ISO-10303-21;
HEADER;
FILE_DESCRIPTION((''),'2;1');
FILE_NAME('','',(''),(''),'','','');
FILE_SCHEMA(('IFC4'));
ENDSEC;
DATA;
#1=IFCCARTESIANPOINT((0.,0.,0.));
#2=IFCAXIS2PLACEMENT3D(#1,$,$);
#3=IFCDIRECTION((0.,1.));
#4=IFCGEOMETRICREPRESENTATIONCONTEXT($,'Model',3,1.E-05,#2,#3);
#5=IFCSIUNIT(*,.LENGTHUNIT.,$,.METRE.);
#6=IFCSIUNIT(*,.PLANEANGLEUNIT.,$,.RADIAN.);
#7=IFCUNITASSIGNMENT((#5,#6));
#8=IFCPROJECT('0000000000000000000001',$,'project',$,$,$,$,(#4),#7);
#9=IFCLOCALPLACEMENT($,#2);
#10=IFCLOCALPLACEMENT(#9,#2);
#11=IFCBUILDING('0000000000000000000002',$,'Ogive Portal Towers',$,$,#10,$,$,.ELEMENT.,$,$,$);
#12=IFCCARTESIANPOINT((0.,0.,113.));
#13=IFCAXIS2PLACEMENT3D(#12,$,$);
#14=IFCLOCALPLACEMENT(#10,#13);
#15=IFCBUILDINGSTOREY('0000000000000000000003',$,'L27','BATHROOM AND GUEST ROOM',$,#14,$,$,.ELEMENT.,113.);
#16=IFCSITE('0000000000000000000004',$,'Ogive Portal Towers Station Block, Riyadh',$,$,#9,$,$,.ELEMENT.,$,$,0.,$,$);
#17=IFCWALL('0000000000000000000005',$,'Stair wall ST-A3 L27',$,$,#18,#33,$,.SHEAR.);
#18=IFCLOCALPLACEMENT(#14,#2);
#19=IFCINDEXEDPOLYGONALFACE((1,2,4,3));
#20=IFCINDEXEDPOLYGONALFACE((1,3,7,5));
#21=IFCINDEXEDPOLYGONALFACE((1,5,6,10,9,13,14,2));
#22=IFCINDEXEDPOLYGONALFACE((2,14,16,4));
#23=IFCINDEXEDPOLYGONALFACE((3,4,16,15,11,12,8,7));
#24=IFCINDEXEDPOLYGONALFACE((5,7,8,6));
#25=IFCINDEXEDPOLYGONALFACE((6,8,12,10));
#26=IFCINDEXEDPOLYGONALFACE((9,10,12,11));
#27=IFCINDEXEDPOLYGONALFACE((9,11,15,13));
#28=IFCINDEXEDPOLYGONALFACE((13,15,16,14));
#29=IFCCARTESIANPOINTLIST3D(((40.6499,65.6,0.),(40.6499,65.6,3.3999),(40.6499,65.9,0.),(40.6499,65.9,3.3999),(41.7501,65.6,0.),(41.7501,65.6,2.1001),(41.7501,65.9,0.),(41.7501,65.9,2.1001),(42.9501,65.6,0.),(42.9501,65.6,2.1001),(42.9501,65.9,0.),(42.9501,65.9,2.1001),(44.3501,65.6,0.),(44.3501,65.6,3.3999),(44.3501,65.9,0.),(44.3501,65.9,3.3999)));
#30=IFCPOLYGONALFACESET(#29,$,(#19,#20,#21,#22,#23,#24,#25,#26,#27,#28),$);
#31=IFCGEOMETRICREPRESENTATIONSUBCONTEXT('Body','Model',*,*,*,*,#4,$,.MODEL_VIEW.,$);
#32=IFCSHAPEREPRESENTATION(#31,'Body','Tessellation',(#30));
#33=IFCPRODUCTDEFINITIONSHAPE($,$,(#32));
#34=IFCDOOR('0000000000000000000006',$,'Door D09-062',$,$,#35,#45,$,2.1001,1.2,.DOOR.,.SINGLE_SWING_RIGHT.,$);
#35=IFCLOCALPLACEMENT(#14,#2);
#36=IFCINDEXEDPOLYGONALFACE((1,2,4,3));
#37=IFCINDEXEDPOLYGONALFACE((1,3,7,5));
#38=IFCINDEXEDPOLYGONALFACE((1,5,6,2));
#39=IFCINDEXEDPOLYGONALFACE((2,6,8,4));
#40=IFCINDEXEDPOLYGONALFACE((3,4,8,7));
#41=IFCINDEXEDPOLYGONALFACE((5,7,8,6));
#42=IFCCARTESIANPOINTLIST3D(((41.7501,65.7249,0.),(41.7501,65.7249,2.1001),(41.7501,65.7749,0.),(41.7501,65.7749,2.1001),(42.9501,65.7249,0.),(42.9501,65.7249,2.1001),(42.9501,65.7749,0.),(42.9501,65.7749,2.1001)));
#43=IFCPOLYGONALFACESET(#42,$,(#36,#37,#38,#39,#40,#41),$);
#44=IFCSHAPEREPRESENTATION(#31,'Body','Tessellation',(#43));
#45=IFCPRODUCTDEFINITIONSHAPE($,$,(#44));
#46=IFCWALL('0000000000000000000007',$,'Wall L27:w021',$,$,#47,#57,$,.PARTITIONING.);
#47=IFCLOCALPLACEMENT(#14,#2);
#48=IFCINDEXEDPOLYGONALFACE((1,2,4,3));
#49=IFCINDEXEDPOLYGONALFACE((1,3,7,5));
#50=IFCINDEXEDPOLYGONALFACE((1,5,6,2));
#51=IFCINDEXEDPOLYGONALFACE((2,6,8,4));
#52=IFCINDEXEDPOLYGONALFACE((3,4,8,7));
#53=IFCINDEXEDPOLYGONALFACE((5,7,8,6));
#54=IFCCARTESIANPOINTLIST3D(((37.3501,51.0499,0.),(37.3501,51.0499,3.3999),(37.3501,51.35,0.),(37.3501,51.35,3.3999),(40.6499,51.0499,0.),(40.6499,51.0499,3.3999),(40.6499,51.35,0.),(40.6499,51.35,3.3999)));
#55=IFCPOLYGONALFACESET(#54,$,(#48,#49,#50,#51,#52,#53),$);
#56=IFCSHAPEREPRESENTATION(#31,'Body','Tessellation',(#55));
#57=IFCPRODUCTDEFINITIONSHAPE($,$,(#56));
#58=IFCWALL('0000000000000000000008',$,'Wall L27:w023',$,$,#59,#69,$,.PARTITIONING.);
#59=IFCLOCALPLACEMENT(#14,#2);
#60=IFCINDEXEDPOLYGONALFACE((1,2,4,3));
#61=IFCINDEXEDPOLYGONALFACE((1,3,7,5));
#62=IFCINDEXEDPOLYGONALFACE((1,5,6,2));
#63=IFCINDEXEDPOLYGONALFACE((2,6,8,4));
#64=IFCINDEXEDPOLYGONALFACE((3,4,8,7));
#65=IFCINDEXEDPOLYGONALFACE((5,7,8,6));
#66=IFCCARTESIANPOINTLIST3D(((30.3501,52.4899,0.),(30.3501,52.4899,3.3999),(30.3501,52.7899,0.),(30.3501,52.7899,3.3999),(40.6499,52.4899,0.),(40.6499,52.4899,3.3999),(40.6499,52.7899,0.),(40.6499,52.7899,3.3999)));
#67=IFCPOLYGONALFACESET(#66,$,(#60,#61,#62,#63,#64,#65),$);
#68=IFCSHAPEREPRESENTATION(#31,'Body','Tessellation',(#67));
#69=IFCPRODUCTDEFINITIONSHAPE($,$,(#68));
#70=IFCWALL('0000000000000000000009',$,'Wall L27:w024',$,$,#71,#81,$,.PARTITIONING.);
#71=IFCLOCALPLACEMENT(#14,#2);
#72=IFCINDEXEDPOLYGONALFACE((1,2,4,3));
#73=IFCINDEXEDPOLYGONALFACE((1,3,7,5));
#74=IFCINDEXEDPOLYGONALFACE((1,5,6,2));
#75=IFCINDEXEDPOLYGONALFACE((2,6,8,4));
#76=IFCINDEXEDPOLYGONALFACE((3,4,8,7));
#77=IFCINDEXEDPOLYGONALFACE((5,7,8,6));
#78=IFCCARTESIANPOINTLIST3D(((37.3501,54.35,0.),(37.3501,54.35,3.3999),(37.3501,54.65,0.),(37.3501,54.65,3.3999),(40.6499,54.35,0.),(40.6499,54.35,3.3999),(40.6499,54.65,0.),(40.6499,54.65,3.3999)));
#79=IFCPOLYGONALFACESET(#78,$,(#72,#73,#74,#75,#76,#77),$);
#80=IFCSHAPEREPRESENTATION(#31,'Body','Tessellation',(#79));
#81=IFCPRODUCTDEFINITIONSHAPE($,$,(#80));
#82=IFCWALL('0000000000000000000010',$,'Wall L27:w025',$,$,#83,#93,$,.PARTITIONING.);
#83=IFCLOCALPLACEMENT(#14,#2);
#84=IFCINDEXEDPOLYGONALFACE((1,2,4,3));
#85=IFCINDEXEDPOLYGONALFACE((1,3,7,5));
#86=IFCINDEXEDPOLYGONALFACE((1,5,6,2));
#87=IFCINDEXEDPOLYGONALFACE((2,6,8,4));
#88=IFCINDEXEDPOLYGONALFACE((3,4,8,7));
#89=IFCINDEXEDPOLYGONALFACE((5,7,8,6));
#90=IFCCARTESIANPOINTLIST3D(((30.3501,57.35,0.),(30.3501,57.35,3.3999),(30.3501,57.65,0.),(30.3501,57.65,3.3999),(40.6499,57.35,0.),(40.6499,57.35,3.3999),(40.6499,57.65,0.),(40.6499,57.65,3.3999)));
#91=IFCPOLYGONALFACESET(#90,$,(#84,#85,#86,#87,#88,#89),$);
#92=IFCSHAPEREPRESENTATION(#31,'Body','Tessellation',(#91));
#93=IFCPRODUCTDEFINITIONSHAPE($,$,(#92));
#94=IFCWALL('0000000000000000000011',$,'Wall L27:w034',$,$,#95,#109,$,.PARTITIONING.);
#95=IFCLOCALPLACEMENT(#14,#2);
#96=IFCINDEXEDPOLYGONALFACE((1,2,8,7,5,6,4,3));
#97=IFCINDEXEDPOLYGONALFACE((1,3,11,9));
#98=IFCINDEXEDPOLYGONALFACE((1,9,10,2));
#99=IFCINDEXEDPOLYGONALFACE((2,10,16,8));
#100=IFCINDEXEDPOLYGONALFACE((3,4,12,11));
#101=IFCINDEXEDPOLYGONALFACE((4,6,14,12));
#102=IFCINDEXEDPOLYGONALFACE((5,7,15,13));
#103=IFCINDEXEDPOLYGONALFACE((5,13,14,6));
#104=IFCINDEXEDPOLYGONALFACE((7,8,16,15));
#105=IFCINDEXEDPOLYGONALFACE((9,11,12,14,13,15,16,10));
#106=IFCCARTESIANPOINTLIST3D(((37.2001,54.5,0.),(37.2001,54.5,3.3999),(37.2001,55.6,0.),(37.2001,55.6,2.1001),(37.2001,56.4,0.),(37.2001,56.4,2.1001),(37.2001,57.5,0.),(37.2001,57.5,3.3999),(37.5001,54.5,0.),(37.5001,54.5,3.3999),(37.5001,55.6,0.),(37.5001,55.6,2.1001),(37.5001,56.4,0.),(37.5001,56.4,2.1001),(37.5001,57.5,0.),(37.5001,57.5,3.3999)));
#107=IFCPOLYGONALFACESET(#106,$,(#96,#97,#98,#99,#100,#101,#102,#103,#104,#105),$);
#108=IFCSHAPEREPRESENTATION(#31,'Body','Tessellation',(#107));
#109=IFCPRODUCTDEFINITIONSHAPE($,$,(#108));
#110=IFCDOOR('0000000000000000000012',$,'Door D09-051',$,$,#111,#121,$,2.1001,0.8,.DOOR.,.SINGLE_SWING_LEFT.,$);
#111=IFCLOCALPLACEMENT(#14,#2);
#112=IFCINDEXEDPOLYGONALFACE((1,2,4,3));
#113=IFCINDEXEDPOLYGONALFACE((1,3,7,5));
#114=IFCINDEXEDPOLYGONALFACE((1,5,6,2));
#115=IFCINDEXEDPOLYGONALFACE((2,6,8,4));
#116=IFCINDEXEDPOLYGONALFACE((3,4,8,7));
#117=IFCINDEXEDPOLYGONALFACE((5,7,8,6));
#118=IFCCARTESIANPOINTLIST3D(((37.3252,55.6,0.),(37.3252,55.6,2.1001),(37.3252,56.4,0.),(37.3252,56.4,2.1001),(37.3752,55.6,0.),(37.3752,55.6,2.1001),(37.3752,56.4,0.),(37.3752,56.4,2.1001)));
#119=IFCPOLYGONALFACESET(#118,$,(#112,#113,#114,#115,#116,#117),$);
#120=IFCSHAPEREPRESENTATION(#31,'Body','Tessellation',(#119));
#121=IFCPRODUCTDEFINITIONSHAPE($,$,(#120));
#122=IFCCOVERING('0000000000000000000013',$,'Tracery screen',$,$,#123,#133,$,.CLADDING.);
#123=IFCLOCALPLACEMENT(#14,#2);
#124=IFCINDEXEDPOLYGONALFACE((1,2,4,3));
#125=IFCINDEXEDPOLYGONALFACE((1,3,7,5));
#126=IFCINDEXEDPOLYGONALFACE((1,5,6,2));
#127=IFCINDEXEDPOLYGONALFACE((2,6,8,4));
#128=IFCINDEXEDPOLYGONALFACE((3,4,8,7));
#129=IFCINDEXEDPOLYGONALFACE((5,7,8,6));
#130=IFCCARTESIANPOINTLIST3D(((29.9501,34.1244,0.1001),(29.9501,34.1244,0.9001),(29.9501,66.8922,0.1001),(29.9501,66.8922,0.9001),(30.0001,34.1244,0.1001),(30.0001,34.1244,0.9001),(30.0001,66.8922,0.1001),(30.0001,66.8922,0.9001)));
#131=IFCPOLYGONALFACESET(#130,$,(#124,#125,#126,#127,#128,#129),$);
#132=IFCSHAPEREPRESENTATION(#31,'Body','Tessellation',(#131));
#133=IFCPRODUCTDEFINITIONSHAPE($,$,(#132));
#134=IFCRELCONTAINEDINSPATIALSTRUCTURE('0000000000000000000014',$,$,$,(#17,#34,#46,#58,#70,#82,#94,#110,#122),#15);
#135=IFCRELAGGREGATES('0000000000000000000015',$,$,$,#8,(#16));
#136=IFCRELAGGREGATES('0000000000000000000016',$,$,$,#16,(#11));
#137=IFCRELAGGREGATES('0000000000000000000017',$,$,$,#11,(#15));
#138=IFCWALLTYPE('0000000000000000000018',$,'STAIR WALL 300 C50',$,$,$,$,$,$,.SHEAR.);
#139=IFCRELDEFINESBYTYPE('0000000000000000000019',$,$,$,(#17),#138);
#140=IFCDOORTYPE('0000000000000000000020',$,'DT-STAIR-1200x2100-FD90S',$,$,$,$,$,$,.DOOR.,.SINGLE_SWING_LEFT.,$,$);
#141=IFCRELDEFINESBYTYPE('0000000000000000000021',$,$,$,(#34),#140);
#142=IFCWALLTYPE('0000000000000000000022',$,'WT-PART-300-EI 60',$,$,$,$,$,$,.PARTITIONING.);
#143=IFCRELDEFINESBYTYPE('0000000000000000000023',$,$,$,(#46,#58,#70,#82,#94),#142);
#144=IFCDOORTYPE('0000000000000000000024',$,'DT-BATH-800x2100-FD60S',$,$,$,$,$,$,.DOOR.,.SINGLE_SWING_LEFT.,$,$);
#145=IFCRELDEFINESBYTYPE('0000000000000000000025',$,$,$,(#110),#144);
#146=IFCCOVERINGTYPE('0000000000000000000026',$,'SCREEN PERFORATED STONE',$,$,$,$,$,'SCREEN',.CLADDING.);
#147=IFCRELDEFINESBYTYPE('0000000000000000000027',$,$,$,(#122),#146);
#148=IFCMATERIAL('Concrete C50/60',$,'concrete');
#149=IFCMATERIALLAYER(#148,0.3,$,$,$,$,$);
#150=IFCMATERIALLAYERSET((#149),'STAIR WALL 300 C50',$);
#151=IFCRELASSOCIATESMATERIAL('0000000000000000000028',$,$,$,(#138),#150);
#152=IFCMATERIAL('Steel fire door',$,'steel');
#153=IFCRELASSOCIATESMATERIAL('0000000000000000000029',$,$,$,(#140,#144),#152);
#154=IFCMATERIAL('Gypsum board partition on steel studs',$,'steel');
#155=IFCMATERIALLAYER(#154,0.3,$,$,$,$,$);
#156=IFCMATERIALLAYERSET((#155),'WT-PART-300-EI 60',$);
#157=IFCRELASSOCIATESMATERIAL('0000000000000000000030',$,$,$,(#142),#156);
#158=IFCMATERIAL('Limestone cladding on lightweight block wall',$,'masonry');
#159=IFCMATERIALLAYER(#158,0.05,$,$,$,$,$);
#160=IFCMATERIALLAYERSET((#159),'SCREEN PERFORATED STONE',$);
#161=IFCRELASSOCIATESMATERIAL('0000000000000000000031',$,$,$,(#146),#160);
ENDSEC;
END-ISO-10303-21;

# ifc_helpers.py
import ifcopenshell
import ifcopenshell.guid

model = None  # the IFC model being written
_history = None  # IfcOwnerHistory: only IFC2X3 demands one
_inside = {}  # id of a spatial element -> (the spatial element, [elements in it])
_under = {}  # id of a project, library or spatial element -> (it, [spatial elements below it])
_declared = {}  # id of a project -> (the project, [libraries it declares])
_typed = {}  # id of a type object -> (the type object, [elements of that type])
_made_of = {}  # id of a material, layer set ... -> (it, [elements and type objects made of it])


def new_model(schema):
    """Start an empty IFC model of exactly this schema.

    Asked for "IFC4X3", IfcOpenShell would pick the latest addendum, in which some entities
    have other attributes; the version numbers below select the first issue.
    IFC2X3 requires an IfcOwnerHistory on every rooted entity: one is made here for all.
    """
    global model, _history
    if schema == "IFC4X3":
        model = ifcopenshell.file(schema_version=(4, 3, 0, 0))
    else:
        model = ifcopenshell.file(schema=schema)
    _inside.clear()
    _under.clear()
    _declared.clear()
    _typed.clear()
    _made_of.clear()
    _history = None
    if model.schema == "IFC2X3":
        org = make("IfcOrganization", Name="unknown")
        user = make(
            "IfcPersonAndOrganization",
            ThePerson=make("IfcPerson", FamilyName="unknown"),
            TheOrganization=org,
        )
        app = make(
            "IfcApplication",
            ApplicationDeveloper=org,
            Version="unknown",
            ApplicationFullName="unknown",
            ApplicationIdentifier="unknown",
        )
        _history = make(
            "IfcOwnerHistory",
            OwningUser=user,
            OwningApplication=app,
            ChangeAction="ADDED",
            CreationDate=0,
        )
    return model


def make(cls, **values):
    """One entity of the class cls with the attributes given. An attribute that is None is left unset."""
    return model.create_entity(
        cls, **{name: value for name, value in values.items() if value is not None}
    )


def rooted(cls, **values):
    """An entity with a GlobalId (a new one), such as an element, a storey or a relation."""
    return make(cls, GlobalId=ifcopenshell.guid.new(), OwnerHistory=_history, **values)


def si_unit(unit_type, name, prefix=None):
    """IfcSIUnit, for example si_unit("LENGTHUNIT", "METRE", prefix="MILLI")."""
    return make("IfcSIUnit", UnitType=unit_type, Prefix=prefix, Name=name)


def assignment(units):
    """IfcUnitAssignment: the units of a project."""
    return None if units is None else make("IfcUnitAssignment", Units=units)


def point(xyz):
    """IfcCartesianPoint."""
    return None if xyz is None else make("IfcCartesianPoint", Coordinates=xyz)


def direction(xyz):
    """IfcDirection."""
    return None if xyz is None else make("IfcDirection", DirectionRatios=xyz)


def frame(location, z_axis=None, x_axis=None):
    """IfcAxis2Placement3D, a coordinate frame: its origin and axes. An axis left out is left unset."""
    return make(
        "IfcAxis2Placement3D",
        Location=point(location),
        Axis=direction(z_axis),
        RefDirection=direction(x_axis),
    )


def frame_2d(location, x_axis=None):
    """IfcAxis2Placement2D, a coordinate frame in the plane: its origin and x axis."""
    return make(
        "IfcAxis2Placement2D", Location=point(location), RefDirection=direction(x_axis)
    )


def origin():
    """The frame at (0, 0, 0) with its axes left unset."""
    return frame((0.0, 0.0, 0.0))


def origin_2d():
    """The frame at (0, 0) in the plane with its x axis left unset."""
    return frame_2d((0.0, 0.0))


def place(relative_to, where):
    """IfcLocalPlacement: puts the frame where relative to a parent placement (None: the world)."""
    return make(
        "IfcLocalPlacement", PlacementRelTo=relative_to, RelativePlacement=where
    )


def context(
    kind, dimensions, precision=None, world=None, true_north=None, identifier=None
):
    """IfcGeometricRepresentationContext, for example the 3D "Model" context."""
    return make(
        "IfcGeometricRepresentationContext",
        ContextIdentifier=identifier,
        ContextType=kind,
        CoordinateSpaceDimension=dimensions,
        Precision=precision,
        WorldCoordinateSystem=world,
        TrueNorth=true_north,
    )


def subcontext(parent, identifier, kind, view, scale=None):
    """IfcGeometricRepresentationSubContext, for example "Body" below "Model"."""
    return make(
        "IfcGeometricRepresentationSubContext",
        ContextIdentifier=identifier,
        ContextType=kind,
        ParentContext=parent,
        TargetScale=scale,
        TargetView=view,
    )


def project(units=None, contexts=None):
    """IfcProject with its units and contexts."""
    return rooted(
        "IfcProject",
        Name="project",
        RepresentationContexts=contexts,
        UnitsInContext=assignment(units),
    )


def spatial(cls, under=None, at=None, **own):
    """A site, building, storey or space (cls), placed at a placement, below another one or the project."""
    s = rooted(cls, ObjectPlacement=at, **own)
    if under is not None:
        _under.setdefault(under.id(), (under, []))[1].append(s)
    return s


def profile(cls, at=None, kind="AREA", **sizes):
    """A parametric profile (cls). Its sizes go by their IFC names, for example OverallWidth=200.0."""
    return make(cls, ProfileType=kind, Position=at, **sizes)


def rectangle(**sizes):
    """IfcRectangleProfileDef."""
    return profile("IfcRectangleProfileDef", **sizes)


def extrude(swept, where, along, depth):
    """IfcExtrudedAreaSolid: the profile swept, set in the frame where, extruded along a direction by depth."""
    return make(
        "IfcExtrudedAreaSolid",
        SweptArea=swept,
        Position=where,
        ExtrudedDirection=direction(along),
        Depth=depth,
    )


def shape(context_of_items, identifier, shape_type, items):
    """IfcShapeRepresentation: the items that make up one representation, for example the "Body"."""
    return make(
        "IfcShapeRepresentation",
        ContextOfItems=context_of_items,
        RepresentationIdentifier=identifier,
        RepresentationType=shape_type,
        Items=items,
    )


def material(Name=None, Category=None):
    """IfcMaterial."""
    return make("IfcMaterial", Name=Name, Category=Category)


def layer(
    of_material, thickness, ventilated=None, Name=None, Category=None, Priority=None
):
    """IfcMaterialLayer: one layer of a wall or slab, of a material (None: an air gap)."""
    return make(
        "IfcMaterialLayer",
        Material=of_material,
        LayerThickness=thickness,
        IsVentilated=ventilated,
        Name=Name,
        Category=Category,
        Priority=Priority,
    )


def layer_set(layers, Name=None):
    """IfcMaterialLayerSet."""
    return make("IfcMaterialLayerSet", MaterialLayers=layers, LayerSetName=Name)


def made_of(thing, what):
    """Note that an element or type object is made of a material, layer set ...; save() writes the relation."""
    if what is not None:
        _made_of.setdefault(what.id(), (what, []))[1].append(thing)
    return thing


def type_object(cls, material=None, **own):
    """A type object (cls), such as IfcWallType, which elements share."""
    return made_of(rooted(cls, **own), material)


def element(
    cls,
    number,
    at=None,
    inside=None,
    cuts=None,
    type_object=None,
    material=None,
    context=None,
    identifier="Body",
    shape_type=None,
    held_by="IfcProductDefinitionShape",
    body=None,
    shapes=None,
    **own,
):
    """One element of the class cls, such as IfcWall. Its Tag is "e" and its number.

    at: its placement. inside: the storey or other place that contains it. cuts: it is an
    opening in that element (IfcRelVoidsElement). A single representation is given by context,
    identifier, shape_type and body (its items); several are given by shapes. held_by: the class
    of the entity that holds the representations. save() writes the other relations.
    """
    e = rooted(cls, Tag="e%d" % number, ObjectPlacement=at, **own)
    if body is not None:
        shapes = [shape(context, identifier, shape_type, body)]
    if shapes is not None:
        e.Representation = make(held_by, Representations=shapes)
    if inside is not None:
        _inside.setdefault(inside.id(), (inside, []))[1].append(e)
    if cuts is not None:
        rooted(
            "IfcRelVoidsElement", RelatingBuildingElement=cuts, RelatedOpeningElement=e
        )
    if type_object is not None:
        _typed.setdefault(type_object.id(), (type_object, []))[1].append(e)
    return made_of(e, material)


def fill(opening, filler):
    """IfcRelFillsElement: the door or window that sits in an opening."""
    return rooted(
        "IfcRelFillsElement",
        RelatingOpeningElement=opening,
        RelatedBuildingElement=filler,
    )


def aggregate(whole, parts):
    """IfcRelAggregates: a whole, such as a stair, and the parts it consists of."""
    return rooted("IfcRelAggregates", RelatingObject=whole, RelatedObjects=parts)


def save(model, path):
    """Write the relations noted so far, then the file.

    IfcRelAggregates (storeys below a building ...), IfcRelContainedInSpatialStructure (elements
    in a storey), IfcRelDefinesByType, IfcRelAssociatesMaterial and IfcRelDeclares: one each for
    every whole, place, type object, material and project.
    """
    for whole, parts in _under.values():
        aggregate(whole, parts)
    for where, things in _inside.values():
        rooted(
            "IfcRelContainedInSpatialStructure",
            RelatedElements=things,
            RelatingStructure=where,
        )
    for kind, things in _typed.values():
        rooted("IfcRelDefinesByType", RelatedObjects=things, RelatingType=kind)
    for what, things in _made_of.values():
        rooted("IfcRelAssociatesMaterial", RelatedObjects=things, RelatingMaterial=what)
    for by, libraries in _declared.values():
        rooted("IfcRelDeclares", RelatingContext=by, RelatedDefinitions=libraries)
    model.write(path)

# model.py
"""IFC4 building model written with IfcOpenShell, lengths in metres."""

from ifc_helpers import new_model, si_unit, direction, frame, frame_2d, origin, origin_2d, place, context, subcontext, project, spatial, rectangle, extrude, material, layer, layer_set, type_object, element, fill, save


model = new_model("IFC4")

# Units and contexts
model_context = context("Model", 3, precision=1e-05, world=origin(), true_north=direction((0.0, 1.0)))
body_context = subcontext(model_context, "Body", "Model", "MODEL_VIEW")
ifc_project = project(units=[si_unit("LENGTHUNIT", "METRE"), si_unit("PLANEANGLEUNIT", "RADIAN")], contexts=[model_context])

# Site, building, storey
site_placement = place(None, origin())
site = spatial("IfcSite", under=ifc_project, at=site_placement, Name="Ogive Portal Towers Station Block, Riyadh", CompositionType="ELEMENT", RefElevation=0.0)
building_placement = place(site_placement, origin())
building = spatial("IfcBuilding", under=site, at=building_placement, Name="Ogive Portal Towers", CompositionType="ELEMENT")
storey_placement = place(building_placement, frame((0.0, 0.0, 113.0)))
storey = spatial("IfcBuildingStorey", under=building, at=storey_placement, Name="L27", Description="BATHROOM AND GUEST ROOM", CompositionType="ELEMENT", Elevation=113.0)

# Shared definitions
ifc_material_1 = material(Name="Concrete C50/60", Category="concrete")

# Shared definitions
ifc_material_2 = material(Name="Limestone cladding on lightweight block wall", Category="masonry")

# Wall, opening, door
ifc_layer_1 = layer(ifc_material_1, 0.3)
ifc_layer_set_1 = layer_set([ifc_layer_1], Name="STAIR WALL 300 C50")
wall_type_1 = type_object("IfcWallType", Name="STAIR WALL 300 C50", PredefinedType="SHEAR", material=ifc_layer_set_1)
wall_1_placement = place(storey_placement, frame((40.6499, 65.75, 0.0), z_axis=(0.0, 0.0, 1.0), x_axis=(1.0, 0.0, 0.0)))
wall_1 = element("IfcWall", 1, at=wall_1_placement, inside=storey, type_object=wall_type_1, Name="Stair wall ST-A3 L27", PredefinedType="SHEAR", context=body_context, shape_type="SweptSolid", body=[
    extrude(rectangle(XDim=3.7002, YDim=0.3, at=frame_2d((1.8501, 0.0))), origin(), (0.0, 0.0, 1.0), 3.3999),
])
opening_1_placement = place(wall_1_placement, frame((1.1001, 0.0, 0.0)))
opening_1 = element("IfcOpeningElement", 2, at=opening_1_placement, cuts=wall_1, PredefinedType="OPENING", context=body_context, shape_type="SweptSolid", body=[
    extrude(rectangle(XDim=1.2, YDim=2.1001, at=frame_2d((0.6001, 1.05))), frame((0.0, 0.1602, 0.0), z_axis=(0.0, -1.0, 0.0), x_axis=(1.0, 0.0, 0.0)), (0.0, 0.0, 1.0), 0.3201),
])
ifc_material_3 = material(Name="Steel fire door", Category="steel")
door_type_1 = type_object("IfcDoorType", Name="DT-STAIR-1200x2100-FD90S", OperationType="SINGLE_SWING_LEFT", PredefinedType="DOOR", material=ifc_material_3)
door_1_placement = place(opening_1_placement, origin())
door_1 = element("IfcDoor", 3, at=door_1_placement, inside=storey, type_object=door_type_1, Name="Door D09-062", OperationType="SINGLE_SWING_RIGHT", OverallHeight=2.1001, OverallWidth=1.2, PredefinedType="DOOR", context=body_context, shape_type="SweptSolid", body=[
    extrude(rectangle(XDim=1.2, YDim=2.1001, at=frame_2d((0.6001, 1.05))), frame((0.0, 0.0249, 0.0), z_axis=(0.0, -1.0, 0.0), x_axis=(1.0, 0.0, 0.0)), (0.0, 0.0, 1.0), 0.05),
])
fill(opening_1, door_1)

# Walls
ifc_material_4 = material(Name="Gypsum board partition on steel studs", Category="steel")
ifc_layer_2 = layer(ifc_material_4, 0.3)
ifc_layer_set_2 = layer_set([ifc_layer_2], Name="WT-PART-300-EI 60")
wall_type_2 = type_object("IfcWallType", Name="WT-PART-300-EI 60", PredefinedType="PARTITIONING", material=ifc_layer_set_2)
wall_2_placement = place(storey_placement, frame((37.3501, 51.2, 0.0), z_axis=(0.0, 0.0, 1.0), x_axis=(1.0, 0.0, 0.0)))
element("IfcWall", 4, at=wall_2_placement, inside=storey, type_object=wall_type_2, Name="Wall L27:w021", PredefinedType="PARTITIONING", context=body_context, shape_type="SweptSolid", body=[
    extrude(rectangle(XDim=3.2998, YDim=0.3, at=frame_2d((1.6499, 0.0))), origin(), (0.0, 0.0, 1.0), 3.3999),
])
wall_3_placement = place(storey_placement, frame((30.3501, 52.6399, 0.0), z_axis=(0.0, 0.0, 1.0), x_axis=(1.0, 0.0, 0.0)))
element("IfcWall", 5, at=wall_3_placement, inside=storey, type_object=wall_type_2, Name="Wall L27:w023", PredefinedType="PARTITIONING", context=body_context, shape_type="SweptSolid", body=[
    extrude(rectangle(XDim=10.2998, YDim=0.3, at=frame_2d((5.1499, 0.0))), origin(), (0.0, 0.0, 1.0), 3.3999),
])
wall_4_placement = place(storey_placement, frame((37.3501, 54.5, 0.0), z_axis=(0.0, 0.0, 1.0), x_axis=(1.0, 0.0, 0.0)))
element("IfcWall", 6, at=wall_4_placement, inside=storey, type_object=wall_type_2, Name="Wall L27:w024", PredefinedType="PARTITIONING", context=body_context, shape_type="SweptSolid", body=[
    extrude(rectangle(XDim=3.2998, YDim=0.3, at=frame_2d((1.6499, 0.0))), origin(), (0.0, 0.0, 1.0), 3.3999),
])
wall_5_placement = place(storey_placement, frame((30.3501, 57.5, 0.0), z_axis=(0.0, 0.0, 1.0), x_axis=(1.0, 0.0, 0.0)))
element("IfcWall", 7, at=wall_5_placement, inside=storey, type_object=wall_type_2, Name="Wall L27:w025", PredefinedType="PARTITIONING", context=body_context, shape_type="SweptSolid", body=[
    extrude(rectangle(XDim=10.2998, YDim=0.3, at=frame_2d((5.1499, 0.0))), origin(), (0.0, 0.0, 1.0), 3.3999),
])

# Wall, opening, door
wall_6_placement = place(storey_placement, frame((37.3501, 54.5, 0.0), z_axis=(0.0, 0.0, 1.0), x_axis=(0.0, 1.0, 0.0)))
wall_6 = element("IfcWall", 8, at=wall_6_placement, inside=storey, type_object=wall_type_2, Name="Wall L27:w034", PredefinedType="PARTITIONING", context=body_context, shape_type="SweptSolid", body=[
    extrude(rectangle(XDim=3.0, YDim=0.3, at=frame_2d((1.5, 0.0))), origin(), (0.0, 0.0, 1.0), 3.3999),
])
opening_2_placement = place(wall_6_placement, frame((1.1001, 0.0, 0.0)))
opening_2 = element("IfcOpeningElement", 9, at=opening_2_placement, cuts=wall_6, PredefinedType="OPENING", context=body_context, shape_type="SweptSolid", body=[
    extrude(rectangle(XDim=0.8, YDim=2.1001, at=frame_2d((0.3999, 1.05))), frame((0.0, 0.1602, 0.0), z_axis=(0.0, -1.0, 0.0), x_axis=(1.0, 0.0, 0.0)), (0.0, 0.0, 1.0), 0.3201),
])
door_type_2 = type_object("IfcDoorType", Name="DT-BATH-800x2100-FD60S", OperationType="SINGLE_SWING_LEFT", PredefinedType="DOOR", material=ifc_material_3)
door_2_placement = place(opening_2_placement, origin())
door_2 = element("IfcDoor", 10, at=door_2_placement, inside=storey, type_object=door_type_2, Name="Door D09-051", OperationType="SINGLE_SWING_LEFT", OverallHeight=2.1001, OverallWidth=0.8, PredefinedType="DOOR", context=body_context, shape_type="SweptSolid", body=[
    extrude(rectangle(XDim=0.8, YDim=2.1001, at=frame_2d((0.3999, 1.05))), frame((0.0, 0.0249, 0.0), z_axis=(0.0, -1.0, 0.0), x_axis=(1.0, 0.0, 0.0)), (0.0, 0.0, 1.0), 0.05),
])
fill(opening_2, door_2)

# Covering
ifc_layer_3 = layer(ifc_material_2, 0.05)
ifc_layer_set_3 = layer_set([ifc_layer_3], Name="SCREEN PERFORATED STONE")
covering_type = type_object("IfcCoveringType", Name="SCREEN PERFORATED STONE", ElementType="SCREEN", PredefinedType="CLADDING", material=ifc_layer_set_3)
covering_placement = place(storey_placement, frame((29.9751, 50.5083, 0.1001), z_axis=(0.0, 0.0, 1.0), x_axis=(0.0, -1.0, 0.0)))
element("IfcCovering", 11, at=covering_placement, inside=storey, type_object=covering_type, Name="Tracery screen", PredefinedType="CLADDING", context=body_context, shape_type="SweptSolid", body=[
    extrude(rectangle(XDim=32.7678, YDim=0.05, at=origin_2d()), origin(), (0.0, 0.0, 1.0), 0.8),
])

save(model, "model.ifc")
